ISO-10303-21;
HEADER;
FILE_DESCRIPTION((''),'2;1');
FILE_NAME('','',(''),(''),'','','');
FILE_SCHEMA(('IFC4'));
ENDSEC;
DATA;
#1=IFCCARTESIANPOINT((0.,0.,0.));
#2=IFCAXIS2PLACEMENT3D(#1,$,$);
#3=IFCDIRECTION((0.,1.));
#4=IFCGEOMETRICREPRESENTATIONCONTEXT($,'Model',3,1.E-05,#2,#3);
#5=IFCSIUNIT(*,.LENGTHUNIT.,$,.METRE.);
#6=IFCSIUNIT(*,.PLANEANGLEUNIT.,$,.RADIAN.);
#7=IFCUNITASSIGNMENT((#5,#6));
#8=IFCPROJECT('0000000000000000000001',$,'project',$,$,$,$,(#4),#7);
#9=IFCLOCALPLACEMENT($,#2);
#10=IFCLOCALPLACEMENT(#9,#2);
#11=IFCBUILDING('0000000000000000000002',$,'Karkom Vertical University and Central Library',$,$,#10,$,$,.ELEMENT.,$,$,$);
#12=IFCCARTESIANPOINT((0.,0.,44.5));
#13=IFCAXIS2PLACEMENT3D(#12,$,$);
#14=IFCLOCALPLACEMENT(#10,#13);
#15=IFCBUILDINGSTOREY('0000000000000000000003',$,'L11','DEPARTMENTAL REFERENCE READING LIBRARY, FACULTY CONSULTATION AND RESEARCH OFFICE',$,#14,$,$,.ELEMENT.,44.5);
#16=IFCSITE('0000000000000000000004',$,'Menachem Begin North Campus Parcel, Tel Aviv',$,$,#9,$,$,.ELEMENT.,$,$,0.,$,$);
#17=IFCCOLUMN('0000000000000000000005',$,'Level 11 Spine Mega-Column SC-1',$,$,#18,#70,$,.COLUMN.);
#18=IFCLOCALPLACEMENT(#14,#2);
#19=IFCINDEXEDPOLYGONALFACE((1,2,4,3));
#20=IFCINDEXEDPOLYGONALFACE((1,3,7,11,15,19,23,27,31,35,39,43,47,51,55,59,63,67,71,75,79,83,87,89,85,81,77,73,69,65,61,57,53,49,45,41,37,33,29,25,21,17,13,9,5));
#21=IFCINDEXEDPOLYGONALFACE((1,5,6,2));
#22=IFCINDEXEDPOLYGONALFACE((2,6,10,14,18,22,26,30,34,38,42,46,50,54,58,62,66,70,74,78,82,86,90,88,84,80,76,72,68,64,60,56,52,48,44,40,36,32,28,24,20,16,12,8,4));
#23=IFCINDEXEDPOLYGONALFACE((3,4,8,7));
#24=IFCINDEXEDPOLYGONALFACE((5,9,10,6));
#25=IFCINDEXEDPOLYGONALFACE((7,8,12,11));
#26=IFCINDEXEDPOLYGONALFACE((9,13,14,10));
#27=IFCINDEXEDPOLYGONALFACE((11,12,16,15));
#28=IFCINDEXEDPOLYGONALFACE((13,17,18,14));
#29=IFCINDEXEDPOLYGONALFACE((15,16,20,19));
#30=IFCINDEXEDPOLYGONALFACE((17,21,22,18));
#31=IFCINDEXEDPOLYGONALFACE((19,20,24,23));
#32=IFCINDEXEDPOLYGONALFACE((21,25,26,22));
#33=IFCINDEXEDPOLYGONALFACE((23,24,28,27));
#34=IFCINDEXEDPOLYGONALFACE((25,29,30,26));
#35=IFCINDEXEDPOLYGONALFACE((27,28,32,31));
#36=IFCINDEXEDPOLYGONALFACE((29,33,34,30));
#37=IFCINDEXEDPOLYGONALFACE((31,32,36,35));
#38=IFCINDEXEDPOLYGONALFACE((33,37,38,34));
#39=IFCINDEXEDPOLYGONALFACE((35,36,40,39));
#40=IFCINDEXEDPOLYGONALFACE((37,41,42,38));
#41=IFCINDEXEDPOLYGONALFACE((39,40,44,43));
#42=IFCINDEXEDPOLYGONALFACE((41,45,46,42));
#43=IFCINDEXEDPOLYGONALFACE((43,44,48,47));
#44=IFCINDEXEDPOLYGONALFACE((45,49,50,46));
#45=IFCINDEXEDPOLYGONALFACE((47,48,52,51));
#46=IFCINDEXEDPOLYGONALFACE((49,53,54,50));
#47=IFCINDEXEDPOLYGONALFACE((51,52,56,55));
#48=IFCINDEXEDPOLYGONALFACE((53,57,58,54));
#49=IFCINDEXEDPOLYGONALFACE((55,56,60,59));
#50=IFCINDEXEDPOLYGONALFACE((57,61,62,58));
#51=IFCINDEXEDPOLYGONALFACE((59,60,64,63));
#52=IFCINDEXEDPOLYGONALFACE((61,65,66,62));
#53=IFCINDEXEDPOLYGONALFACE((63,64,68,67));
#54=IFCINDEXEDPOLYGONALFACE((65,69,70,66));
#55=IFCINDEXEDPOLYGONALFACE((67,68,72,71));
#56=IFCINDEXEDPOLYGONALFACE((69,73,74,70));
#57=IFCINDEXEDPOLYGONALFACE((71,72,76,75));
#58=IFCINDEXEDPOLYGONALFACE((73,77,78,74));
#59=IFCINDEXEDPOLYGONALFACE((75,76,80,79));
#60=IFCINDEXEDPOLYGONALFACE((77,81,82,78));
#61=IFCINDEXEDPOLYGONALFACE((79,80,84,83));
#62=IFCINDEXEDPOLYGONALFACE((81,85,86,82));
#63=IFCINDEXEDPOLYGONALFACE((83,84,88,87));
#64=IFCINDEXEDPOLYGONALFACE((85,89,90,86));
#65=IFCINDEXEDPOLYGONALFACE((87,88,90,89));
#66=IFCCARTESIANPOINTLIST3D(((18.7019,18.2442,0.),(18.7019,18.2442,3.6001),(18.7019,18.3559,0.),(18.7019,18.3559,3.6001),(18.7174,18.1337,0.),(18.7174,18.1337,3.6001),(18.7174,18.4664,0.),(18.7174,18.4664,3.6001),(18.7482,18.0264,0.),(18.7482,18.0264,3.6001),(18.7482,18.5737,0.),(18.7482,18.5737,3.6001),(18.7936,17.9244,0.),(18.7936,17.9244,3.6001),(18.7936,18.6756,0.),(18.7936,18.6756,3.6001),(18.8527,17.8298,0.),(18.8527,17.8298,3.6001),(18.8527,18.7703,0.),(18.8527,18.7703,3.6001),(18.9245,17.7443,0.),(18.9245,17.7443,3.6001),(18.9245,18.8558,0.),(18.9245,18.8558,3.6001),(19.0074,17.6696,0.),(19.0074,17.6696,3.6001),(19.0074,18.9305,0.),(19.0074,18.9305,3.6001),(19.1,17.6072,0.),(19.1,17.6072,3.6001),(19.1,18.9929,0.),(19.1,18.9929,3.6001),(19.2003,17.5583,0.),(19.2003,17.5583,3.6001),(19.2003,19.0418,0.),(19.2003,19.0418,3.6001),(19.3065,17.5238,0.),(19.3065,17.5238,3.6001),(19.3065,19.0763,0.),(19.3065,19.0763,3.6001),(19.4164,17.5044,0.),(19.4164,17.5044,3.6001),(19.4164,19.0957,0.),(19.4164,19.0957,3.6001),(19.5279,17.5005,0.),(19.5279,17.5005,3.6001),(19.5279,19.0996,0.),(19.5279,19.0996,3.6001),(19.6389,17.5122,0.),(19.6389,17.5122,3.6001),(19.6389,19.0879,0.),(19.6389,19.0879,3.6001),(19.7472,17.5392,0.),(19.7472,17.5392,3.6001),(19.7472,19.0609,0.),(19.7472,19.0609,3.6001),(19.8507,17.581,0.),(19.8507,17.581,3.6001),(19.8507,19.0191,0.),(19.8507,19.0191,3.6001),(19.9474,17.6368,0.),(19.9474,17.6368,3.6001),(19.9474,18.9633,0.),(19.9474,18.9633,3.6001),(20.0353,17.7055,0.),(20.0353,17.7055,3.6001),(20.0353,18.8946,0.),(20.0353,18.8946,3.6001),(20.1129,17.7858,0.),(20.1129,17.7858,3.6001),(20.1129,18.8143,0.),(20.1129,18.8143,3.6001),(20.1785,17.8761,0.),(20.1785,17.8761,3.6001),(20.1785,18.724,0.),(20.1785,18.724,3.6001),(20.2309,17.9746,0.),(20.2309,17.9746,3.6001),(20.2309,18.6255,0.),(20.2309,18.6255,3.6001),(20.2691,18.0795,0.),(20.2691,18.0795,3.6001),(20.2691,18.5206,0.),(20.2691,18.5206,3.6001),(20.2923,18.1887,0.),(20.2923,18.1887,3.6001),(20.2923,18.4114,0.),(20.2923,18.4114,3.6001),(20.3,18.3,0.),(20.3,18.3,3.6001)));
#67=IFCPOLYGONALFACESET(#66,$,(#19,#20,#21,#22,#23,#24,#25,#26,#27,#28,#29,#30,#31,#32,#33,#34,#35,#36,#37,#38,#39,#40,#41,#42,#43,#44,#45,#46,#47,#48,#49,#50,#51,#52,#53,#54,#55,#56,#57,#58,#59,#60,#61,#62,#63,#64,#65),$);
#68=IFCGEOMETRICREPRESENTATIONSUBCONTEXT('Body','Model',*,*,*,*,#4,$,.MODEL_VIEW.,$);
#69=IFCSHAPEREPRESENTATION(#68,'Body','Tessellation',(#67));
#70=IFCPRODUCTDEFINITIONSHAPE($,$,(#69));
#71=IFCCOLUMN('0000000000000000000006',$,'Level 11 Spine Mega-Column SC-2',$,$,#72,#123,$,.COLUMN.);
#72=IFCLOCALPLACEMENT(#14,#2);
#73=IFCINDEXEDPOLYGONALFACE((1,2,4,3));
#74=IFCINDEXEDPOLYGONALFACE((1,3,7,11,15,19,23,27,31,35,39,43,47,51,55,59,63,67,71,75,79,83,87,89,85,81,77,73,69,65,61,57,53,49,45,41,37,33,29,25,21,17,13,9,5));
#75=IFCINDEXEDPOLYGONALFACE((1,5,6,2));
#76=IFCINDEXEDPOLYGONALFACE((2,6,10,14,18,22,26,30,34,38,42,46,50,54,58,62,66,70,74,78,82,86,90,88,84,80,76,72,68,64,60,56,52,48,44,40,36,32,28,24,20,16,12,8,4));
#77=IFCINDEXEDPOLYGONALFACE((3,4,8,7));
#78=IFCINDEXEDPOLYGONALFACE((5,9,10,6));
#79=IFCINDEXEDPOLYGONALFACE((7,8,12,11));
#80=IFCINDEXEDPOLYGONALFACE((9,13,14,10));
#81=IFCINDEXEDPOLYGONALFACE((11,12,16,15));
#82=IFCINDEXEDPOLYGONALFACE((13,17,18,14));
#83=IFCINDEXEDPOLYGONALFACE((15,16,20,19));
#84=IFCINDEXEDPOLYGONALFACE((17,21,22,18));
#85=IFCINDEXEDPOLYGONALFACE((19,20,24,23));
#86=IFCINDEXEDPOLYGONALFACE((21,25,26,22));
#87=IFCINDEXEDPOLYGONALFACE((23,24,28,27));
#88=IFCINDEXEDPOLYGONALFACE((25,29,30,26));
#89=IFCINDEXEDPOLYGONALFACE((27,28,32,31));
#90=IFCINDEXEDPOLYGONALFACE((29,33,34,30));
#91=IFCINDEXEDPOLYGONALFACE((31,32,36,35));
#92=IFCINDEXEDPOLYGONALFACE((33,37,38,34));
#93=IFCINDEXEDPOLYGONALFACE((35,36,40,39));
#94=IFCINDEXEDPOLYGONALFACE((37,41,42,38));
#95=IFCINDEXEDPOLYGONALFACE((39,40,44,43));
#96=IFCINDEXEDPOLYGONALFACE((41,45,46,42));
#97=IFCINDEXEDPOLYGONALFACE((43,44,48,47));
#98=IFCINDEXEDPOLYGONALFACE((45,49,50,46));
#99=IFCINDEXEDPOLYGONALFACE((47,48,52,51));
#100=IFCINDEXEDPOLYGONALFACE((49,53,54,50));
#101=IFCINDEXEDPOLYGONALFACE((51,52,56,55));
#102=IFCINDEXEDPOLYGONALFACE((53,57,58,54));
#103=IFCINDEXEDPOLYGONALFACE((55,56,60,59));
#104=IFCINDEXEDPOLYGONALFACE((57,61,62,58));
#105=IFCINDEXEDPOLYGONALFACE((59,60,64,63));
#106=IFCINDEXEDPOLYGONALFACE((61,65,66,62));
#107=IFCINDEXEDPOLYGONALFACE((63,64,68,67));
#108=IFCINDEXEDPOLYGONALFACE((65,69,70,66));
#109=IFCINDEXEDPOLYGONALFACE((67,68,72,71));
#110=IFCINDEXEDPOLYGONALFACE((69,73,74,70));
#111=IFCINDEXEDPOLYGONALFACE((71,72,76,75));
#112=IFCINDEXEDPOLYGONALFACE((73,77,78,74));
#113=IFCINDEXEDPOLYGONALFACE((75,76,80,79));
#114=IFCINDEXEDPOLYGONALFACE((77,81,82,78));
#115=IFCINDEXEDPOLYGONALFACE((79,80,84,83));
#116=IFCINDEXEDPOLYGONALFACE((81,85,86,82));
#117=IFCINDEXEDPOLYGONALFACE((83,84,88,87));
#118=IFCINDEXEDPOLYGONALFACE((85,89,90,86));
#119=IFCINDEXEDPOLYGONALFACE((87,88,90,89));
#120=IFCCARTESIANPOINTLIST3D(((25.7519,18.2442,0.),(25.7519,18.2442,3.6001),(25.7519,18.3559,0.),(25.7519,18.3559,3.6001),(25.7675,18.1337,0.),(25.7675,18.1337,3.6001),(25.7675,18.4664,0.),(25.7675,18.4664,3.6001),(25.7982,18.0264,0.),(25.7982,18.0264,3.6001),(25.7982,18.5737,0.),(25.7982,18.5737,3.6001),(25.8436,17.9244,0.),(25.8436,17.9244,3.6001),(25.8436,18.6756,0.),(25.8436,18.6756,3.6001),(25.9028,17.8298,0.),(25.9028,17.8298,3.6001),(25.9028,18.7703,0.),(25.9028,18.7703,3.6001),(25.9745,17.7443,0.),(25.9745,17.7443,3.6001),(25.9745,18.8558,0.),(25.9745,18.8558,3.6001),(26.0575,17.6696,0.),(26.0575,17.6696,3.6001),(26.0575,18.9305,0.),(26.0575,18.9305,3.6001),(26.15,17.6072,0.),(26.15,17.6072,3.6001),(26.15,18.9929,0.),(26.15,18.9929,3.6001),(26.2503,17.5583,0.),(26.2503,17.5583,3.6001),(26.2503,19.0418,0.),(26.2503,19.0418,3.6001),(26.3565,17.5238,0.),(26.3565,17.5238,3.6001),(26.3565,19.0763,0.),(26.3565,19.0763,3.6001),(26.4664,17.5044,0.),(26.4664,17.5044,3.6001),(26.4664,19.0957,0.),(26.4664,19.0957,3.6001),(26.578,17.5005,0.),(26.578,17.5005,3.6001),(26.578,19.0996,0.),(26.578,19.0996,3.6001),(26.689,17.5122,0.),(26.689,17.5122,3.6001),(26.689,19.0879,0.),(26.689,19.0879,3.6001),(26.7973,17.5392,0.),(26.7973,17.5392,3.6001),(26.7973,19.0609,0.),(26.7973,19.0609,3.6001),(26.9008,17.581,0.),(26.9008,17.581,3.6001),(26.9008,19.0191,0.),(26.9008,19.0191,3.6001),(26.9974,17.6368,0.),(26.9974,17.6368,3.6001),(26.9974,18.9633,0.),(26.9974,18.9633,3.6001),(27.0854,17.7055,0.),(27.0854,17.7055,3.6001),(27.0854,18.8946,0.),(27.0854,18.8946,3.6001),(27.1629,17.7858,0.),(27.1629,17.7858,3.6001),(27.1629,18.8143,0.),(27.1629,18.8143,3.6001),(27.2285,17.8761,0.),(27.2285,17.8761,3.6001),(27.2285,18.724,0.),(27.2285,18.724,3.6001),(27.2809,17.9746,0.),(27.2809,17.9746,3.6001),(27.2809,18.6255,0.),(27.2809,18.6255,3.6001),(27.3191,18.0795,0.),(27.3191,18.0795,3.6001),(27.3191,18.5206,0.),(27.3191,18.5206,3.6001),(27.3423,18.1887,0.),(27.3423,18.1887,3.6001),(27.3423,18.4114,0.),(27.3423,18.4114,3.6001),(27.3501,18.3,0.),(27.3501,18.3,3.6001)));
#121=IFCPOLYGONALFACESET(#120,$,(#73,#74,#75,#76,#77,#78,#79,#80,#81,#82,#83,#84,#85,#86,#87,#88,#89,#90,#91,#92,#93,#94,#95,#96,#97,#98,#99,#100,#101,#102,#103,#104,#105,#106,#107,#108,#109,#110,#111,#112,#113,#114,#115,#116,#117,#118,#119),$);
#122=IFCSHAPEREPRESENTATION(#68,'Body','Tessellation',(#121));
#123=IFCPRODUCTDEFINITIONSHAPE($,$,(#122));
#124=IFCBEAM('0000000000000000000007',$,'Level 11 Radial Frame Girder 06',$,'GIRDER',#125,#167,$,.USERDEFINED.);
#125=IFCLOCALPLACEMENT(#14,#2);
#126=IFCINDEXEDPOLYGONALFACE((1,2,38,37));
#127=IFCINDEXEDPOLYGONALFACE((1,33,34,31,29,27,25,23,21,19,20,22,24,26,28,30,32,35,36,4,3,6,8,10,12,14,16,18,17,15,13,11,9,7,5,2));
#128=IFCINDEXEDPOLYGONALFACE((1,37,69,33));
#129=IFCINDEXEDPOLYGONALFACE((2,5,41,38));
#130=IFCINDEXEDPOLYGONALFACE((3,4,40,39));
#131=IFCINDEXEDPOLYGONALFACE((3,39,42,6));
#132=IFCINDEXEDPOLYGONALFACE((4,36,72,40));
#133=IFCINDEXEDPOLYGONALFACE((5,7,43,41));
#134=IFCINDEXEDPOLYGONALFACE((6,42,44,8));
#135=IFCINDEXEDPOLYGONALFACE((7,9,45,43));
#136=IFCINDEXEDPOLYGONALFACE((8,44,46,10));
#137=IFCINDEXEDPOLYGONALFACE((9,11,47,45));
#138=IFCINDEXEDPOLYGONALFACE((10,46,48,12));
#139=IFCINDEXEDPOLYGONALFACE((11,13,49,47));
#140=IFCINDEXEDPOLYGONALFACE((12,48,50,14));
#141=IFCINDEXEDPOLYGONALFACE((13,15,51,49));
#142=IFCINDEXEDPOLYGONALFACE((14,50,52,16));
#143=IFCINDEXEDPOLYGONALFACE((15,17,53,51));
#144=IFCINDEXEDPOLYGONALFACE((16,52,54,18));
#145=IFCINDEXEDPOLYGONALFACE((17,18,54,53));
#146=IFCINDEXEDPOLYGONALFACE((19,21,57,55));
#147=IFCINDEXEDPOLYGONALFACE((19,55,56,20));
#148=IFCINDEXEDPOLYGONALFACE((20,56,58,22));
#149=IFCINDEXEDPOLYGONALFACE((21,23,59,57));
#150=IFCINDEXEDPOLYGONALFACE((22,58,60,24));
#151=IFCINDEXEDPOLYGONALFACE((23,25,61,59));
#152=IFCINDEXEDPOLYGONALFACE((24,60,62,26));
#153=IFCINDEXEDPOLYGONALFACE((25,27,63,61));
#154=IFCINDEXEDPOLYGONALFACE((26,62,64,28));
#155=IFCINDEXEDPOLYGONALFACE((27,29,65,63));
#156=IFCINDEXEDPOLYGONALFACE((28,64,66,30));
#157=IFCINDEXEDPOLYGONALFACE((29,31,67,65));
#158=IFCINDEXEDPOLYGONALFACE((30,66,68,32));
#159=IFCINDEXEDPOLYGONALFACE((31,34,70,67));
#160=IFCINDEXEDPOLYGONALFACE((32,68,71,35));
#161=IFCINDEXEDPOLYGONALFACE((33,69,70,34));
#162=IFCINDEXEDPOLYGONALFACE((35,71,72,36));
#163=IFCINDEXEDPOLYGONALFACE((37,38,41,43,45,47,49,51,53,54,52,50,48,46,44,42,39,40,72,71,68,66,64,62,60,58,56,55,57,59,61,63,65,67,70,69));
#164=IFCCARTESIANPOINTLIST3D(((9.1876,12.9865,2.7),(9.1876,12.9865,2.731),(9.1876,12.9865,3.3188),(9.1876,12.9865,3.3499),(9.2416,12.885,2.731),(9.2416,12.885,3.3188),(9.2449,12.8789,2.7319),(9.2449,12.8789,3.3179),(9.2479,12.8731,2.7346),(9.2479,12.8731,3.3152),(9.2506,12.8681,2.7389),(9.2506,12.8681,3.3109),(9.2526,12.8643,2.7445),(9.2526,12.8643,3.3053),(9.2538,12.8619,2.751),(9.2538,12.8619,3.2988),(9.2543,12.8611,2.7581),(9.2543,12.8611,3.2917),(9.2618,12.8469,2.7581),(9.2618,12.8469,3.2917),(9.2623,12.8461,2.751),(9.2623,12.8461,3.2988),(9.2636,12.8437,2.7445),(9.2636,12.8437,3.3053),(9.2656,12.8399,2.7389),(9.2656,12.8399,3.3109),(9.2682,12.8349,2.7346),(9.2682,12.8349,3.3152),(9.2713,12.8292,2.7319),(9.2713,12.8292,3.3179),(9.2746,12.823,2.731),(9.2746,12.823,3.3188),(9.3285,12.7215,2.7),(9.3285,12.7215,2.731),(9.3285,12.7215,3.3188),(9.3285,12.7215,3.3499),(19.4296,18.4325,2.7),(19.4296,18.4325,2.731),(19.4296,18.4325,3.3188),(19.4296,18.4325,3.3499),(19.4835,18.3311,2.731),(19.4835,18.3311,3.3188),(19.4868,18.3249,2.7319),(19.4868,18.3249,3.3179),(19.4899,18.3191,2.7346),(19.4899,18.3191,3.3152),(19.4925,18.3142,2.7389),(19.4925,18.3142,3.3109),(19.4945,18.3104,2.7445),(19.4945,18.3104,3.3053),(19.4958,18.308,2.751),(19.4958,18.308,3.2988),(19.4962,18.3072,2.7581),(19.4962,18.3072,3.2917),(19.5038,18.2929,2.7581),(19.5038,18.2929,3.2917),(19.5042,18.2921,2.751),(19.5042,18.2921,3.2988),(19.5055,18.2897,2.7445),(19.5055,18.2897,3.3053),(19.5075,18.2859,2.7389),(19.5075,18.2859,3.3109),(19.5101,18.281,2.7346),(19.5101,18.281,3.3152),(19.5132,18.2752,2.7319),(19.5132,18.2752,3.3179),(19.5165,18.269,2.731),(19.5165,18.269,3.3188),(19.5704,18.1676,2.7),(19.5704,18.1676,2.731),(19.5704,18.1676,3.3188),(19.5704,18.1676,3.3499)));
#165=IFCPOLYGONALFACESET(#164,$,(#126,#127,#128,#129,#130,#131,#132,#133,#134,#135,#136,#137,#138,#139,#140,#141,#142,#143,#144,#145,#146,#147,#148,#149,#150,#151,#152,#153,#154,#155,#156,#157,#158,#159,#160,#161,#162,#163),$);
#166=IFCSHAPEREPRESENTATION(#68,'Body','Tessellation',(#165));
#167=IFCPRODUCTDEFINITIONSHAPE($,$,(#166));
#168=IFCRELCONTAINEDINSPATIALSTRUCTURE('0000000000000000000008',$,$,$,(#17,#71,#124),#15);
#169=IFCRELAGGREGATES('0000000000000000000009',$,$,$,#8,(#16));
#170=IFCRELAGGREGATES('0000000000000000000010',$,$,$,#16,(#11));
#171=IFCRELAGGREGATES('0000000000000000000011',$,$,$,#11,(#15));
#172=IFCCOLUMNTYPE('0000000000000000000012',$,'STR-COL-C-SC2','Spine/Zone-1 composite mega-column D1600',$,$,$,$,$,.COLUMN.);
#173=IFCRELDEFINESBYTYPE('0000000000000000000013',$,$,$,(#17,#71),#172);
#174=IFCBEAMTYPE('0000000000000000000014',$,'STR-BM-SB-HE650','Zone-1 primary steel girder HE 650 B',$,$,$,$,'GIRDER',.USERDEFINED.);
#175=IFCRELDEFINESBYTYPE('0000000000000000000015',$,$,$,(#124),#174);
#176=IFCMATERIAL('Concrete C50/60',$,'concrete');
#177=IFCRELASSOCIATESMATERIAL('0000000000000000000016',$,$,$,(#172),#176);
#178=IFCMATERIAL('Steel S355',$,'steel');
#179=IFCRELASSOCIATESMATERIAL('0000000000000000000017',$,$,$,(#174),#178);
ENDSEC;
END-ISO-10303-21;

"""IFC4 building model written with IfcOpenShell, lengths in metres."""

from ifc_helpers import new_model, si_unit, direction, frame, origin, origin_with_axes, origin_2d, place, context, subcontext, project, spatial, circle, i_section, extrude, source, transform, mapped, material, material_profile, profile_set, type_object, element, save


model = new_model("IFC4")

# Units and contexts
model_context = context("Model", 3, precision=1e-05, world=origin(), true_north=direction((0.0, 1.0)))
body_context = subcontext(model_context, "Body", "Model", "MODEL_VIEW")
ifc_project = project(units=[si_unit("LENGTHUNIT", "METRE"), si_unit("PLANEANGLEUNIT", "RADIAN")], contexts=[model_context])

# Site, building, storey
site_placement = place(None, origin())
site = spatial("IfcSite", under=ifc_project, at=site_placement, Name="Menachem Begin North Campus Parcel, Tel Aviv", CompositionType="ELEMENT", RefElevation=0.0)
building_placement = place(site_placement, origin())
building = spatial("IfcBuilding", under=site, at=building_placement, Name="Karkom Vertical University and Central Library", CompositionType="ELEMENT")
storey_placement = place(building_placement, frame((0.0, 0.0, 44.5)))
storey = spatial("IfcBuildingStorey", under=building, at=storey_placement, Name="L11", Description="DEPARTMENTAL REFERENCE READING LIBRARY, FACULTY CONSULTATION AND RESEARCH OFFICE", CompositionType="ELEMENT", Elevation=44.5)

# Columns
ifc_material_1 = material(Name="Concrete C50/60", Category="concrete")
ifc_material_profile_1 = material_profile(ifc_material_1, circle(Radius=0.8, at=origin_2d()), Name="CFT-D1600")
ifc_profile_set_1 = profile_set([ifc_material_profile_1], Name="Concrete C50/60")
column_type = type_object("IfcColumnType", Name="STR-COL-C-SC2", Description="Spine/Zone-1 composite mega-column D1600", PredefinedType="COLUMN", material=ifc_profile_set_1)
shared_shape_1 = source(origin_with_axes(), body_context, "Body", "SweptSolid", [
    extrude(circle(Radius=0.8, at=origin_2d()), origin(), (0.0, 0.0, 1.0), 3.6001),
])
for number, where, z_axis, x_axis, name in (
    (1, (19.5, 18.3, 0.0), (0.0, 0.0, 1.0), (1.0, 0.0, 0.0), "Level 11 Spine Mega-Column SC-1"),
    (2, (26.55, 18.3, 0.0), (0.0, 0.0, 1.0), (1.0, 0.0, 0.0), "Level 11 Spine Mega-Column SC-2"),
):
    element("IfcColumn", number, at=place(storey_placement, frame(where, z_axis=z_axis, x_axis=x_axis)), inside=storey, type_object=column_type, Name=name, PredefinedType="COLUMN", context=body_context, shape_type="MappedRepresentation", body=[
        mapped(shared_shape_1, transform((0.0, 0.0, 0.0), scale=1.0)),
    ])

# Beam
ifc_material_2 = material(Name="Steel S355", Category="steel")
ifc_material_profile_2 = material_profile(ifc_material_2, i_section(OverallWidth=0.3, OverallDepth=0.6499, WebThickness=0.0161, FlangeThickness=0.031, FilletRadius=0.0271, at=origin_2d()), Name="HE 650 B")
ifc_profile_set_2 = profile_set([ifc_material_profile_2], Name="Steel S355")
beam_type_1 = type_object("IfcBeamType", Name="STR-BM-SB-HE650", Description="Zone-1 primary steel girder HE 650 B", ElementType="GIRDER", PredefinedType="USERDEFINED", material=ifc_profile_set_2)
shared_shape_2 = source(origin_with_axes(), body_context, "Body", "SweptSolid", [
    extrude(i_section(OverallWidth=0.3, OverallDepth=0.6499, WebThickness=0.0161, FlangeThickness=0.031, FilletRadius=0.0271, at=origin_2d()), origin(), (0.0, 0.0, 1.0), 11.5999),
])
beam_1_placement = place(storey_placement, frame((19.5, 18.3, 3.0249), z_axis=(-0.882937, -0.469492, 0.0), x_axis=(0.469492, -0.882937, 0.0)))
element("IfcBeam", 3, at=beam_1_placement, inside=storey, type_object=beam_type_1, Name="Level 11 Radial Frame Girder 06", ObjectType="GIRDER", PredefinedType="USERDEFINED", context=body_context, shape_type="MappedRepresentation", body=[
    mapped(shared_shape_2, transform((0.0, 0.0, 0.0), scale=1.0)),
])

save(model, "model.ifc")
